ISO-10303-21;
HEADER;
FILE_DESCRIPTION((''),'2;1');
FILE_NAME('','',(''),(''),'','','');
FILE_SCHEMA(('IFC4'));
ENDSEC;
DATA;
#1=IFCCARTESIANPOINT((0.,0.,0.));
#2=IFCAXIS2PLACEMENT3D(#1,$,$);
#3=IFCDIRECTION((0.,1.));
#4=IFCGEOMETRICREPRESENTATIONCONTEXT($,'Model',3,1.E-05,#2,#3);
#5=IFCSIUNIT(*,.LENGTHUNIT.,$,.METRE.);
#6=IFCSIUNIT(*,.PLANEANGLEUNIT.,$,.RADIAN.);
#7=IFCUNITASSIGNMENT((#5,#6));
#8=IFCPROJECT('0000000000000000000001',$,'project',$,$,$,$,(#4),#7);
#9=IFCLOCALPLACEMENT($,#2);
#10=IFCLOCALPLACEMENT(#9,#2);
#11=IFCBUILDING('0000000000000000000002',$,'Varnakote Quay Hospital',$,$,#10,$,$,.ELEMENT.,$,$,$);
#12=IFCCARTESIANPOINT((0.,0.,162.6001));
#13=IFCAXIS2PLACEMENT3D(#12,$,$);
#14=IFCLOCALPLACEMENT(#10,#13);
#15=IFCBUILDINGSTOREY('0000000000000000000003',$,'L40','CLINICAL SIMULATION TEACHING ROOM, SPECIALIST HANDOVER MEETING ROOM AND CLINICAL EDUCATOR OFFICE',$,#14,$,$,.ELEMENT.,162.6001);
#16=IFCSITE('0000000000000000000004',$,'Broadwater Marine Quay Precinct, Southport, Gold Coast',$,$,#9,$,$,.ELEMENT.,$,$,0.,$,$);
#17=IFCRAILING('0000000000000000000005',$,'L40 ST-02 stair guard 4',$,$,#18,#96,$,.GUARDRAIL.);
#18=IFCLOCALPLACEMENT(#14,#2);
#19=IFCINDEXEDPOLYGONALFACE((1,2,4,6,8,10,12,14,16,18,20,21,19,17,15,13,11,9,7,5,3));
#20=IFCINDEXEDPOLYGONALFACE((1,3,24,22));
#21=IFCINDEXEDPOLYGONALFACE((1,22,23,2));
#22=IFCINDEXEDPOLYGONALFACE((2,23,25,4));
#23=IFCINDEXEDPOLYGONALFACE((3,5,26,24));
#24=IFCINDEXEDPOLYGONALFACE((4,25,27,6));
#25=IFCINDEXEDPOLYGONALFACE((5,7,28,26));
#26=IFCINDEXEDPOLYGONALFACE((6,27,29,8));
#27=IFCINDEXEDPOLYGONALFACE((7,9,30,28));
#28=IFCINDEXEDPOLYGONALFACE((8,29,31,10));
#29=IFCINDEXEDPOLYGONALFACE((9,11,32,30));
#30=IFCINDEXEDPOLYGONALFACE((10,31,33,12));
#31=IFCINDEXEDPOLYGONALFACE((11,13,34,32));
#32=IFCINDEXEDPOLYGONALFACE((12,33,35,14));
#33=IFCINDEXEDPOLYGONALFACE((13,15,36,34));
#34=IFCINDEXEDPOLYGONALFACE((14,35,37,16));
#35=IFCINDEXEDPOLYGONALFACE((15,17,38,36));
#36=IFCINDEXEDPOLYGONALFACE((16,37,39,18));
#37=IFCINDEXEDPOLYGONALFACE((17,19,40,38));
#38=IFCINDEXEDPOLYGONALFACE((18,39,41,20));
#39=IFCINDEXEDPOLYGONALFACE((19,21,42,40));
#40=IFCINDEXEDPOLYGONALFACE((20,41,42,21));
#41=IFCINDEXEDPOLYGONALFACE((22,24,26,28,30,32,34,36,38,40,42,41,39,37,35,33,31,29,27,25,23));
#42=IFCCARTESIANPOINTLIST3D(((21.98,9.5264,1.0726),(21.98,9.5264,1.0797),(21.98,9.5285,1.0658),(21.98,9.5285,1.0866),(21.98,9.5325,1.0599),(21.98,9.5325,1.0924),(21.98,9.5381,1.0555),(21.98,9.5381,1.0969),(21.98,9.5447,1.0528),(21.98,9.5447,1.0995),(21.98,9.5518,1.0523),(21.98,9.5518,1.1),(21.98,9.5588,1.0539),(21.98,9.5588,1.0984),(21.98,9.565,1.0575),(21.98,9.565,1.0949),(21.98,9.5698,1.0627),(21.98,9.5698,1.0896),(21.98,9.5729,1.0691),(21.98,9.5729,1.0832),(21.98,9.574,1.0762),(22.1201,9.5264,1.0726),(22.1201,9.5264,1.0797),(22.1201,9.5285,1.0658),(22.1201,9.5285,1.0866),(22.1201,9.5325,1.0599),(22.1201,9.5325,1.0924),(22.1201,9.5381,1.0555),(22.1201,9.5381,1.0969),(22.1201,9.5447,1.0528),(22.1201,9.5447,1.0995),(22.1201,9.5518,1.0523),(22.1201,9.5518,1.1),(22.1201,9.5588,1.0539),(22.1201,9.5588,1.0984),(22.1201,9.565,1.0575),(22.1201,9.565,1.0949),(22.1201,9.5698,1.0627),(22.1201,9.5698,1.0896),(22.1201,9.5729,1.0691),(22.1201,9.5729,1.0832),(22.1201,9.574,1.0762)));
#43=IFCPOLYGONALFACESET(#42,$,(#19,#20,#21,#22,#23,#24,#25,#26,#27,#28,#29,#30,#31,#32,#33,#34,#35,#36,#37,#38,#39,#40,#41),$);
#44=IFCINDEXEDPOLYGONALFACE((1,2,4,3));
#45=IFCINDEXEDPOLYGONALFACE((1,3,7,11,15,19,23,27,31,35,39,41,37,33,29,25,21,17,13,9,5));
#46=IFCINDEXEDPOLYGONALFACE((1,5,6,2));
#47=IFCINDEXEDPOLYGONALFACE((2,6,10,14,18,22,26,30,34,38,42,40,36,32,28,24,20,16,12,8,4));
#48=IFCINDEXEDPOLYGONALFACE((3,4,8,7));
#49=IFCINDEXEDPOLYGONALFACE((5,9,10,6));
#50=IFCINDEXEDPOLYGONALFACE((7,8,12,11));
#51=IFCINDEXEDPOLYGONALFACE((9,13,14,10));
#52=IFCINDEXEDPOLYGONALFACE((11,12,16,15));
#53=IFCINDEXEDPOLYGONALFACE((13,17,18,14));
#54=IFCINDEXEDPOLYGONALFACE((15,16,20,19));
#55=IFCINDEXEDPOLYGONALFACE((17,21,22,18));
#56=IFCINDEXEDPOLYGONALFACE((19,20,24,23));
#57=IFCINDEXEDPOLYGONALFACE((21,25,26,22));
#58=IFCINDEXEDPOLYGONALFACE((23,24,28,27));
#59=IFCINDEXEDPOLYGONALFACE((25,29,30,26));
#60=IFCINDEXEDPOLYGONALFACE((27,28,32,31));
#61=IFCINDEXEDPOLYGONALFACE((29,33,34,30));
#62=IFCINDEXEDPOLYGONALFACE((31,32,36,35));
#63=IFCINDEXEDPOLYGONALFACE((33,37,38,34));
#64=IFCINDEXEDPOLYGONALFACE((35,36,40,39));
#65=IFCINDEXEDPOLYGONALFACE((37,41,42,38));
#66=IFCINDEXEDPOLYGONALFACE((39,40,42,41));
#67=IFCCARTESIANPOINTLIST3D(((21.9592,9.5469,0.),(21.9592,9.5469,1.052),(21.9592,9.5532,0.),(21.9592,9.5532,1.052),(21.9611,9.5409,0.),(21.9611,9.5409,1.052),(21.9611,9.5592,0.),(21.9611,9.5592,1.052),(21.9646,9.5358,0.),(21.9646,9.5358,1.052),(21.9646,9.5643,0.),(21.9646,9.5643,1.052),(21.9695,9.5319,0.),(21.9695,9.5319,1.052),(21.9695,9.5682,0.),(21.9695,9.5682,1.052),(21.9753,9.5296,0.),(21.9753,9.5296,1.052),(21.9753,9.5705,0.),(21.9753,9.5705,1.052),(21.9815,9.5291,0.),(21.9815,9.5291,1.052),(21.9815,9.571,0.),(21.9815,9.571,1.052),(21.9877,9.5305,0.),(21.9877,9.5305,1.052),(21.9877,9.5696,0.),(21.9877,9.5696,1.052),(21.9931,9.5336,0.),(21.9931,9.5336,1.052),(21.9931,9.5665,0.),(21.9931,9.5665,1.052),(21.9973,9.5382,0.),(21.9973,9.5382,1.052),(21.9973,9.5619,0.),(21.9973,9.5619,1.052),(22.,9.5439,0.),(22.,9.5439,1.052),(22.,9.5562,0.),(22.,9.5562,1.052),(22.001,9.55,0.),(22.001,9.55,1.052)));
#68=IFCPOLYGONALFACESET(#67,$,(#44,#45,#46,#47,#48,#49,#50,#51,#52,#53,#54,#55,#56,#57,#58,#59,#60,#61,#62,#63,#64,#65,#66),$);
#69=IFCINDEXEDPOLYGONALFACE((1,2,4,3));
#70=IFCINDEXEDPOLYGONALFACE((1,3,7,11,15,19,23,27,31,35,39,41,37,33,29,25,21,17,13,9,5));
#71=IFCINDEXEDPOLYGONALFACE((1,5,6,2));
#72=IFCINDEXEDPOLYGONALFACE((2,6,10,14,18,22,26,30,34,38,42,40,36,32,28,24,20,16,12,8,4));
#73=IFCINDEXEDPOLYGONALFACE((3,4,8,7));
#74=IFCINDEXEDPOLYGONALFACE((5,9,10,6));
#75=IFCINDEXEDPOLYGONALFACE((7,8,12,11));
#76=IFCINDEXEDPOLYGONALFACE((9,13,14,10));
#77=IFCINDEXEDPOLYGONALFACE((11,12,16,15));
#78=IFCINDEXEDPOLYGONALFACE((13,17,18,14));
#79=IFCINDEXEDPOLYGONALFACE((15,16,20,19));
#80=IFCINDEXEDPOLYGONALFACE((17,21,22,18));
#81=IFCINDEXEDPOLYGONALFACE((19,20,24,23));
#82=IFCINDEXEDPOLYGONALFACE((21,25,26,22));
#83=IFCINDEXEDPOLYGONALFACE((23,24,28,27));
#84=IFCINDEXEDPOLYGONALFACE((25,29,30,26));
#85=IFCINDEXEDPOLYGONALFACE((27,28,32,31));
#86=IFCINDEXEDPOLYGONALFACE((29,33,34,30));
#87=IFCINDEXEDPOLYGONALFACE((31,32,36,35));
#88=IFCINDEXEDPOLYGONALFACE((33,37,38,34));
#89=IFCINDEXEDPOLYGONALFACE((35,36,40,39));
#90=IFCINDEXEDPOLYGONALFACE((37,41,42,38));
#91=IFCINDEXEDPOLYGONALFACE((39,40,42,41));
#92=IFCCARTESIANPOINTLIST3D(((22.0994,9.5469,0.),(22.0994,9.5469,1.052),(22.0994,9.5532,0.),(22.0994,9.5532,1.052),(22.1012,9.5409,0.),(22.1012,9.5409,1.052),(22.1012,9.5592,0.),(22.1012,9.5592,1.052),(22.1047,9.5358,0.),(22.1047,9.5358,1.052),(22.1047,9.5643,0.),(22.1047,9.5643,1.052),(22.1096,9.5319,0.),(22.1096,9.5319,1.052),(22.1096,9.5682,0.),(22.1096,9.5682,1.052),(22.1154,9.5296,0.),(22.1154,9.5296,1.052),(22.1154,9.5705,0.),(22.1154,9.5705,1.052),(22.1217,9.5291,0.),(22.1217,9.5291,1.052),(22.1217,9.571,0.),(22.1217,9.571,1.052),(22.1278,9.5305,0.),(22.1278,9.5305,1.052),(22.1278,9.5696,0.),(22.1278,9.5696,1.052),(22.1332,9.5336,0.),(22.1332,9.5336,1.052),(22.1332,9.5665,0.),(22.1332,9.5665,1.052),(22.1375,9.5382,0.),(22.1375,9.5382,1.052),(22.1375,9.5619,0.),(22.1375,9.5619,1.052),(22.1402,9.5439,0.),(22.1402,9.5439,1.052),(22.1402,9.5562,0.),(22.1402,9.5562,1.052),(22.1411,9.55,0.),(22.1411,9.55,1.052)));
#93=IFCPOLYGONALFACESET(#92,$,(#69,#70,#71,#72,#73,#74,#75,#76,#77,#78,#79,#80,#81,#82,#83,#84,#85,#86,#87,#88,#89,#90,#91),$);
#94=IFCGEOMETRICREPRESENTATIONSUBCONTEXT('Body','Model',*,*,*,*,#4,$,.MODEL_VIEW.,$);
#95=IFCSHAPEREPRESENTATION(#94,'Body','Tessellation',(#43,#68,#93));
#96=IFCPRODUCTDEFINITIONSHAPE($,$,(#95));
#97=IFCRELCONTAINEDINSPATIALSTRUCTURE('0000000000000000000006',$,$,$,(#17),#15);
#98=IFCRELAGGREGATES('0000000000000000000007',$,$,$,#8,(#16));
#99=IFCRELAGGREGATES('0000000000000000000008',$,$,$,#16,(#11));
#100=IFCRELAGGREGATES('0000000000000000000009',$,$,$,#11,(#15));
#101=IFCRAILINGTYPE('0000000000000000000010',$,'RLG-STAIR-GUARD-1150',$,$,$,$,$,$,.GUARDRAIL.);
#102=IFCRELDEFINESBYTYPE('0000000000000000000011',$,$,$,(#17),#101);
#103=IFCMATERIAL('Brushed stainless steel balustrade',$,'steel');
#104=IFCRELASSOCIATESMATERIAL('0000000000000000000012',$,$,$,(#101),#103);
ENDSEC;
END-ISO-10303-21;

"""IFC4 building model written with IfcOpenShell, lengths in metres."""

from ifc_helpers import new_model, si_unit, direction, frame, origin, origin_2d, place, context, subcontext, project, spatial, circle, extrude, material, type_object, element, save


model = new_model("IFC4")

# Units and contexts
model_context = context("Model", 3, precision=1e-05, world=origin(), true_north=direction((0.0, 1.0)))
body_context = subcontext(model_context, "Body", "Model", "MODEL_VIEW")
ifc_project = project(units=[si_unit("LENGTHUNIT", "METRE"), si_unit("PLANEANGLEUNIT", "RADIAN")], contexts=[model_context])

# Site, building, storey
site_placement = place(None, origin())
site = spatial("IfcSite", under=ifc_project, at=site_placement, Name="Broadwater Marine Quay Precinct, Southport, Gold Coast", CompositionType="ELEMENT", RefElevation=0.0)
building_placement = place(site_placement, origin())
building = spatial("IfcBuilding", under=site, at=building_placement, Name="Varnakote Quay Hospital", CompositionType="ELEMENT")
storey_placement = place(building_placement, frame((0.0, 0.0, 162.6001)))
storey = spatial("IfcBuildingStorey", under=building, at=storey_placement, Name="L40", Description="CLINICAL SIMULATION TEACHING ROOM, SPECIALIST HANDOVER MEETING ROOM AND CLINICAL EDUCATOR OFFICE", CompositionType="ELEMENT", Elevation=162.6001)

# Railing
ifc_material_1 = material(Name="Brushed stainless steel balustrade", Category="steel")
railing_type_1 = type_object("IfcRailingType", Name="RLG-STAIR-GUARD-1150", PredefinedType="GUARDRAIL", material=ifc_material_1)
railing_1_placement = place(storey_placement, frame((21.98, 9.55, 0.0)))
element("IfcRailing", 1, at=railing_1_placement, inside=storey, type_object=railing_type_1, Name="L40 ST-02 stair guard 4", PredefinedType="GUARDRAIL", context=body_context, shape_type="SweptSolid", body=[
    extrude(circle(Radius=0.0239, at=origin_2d()), frame((0.0, 0.0, 1.0762), z_axis=(1.0, 0.0, 0.0), x_axis=(0.0, 1.0, 0.0)), (0.0, 0.0, 1.0), 0.1401),
    extrude(circle(Radius=0.021, at=origin_2d()), origin(), (0.0, 0.0, 1.0), 1.052),
    extrude(circle(Radius=0.021, at=origin_2d()), frame((0.1401, 0.0, 0.0)), (0.0, 0.0, 1.0), 1.052),
])

save(model, "model.ifc")
